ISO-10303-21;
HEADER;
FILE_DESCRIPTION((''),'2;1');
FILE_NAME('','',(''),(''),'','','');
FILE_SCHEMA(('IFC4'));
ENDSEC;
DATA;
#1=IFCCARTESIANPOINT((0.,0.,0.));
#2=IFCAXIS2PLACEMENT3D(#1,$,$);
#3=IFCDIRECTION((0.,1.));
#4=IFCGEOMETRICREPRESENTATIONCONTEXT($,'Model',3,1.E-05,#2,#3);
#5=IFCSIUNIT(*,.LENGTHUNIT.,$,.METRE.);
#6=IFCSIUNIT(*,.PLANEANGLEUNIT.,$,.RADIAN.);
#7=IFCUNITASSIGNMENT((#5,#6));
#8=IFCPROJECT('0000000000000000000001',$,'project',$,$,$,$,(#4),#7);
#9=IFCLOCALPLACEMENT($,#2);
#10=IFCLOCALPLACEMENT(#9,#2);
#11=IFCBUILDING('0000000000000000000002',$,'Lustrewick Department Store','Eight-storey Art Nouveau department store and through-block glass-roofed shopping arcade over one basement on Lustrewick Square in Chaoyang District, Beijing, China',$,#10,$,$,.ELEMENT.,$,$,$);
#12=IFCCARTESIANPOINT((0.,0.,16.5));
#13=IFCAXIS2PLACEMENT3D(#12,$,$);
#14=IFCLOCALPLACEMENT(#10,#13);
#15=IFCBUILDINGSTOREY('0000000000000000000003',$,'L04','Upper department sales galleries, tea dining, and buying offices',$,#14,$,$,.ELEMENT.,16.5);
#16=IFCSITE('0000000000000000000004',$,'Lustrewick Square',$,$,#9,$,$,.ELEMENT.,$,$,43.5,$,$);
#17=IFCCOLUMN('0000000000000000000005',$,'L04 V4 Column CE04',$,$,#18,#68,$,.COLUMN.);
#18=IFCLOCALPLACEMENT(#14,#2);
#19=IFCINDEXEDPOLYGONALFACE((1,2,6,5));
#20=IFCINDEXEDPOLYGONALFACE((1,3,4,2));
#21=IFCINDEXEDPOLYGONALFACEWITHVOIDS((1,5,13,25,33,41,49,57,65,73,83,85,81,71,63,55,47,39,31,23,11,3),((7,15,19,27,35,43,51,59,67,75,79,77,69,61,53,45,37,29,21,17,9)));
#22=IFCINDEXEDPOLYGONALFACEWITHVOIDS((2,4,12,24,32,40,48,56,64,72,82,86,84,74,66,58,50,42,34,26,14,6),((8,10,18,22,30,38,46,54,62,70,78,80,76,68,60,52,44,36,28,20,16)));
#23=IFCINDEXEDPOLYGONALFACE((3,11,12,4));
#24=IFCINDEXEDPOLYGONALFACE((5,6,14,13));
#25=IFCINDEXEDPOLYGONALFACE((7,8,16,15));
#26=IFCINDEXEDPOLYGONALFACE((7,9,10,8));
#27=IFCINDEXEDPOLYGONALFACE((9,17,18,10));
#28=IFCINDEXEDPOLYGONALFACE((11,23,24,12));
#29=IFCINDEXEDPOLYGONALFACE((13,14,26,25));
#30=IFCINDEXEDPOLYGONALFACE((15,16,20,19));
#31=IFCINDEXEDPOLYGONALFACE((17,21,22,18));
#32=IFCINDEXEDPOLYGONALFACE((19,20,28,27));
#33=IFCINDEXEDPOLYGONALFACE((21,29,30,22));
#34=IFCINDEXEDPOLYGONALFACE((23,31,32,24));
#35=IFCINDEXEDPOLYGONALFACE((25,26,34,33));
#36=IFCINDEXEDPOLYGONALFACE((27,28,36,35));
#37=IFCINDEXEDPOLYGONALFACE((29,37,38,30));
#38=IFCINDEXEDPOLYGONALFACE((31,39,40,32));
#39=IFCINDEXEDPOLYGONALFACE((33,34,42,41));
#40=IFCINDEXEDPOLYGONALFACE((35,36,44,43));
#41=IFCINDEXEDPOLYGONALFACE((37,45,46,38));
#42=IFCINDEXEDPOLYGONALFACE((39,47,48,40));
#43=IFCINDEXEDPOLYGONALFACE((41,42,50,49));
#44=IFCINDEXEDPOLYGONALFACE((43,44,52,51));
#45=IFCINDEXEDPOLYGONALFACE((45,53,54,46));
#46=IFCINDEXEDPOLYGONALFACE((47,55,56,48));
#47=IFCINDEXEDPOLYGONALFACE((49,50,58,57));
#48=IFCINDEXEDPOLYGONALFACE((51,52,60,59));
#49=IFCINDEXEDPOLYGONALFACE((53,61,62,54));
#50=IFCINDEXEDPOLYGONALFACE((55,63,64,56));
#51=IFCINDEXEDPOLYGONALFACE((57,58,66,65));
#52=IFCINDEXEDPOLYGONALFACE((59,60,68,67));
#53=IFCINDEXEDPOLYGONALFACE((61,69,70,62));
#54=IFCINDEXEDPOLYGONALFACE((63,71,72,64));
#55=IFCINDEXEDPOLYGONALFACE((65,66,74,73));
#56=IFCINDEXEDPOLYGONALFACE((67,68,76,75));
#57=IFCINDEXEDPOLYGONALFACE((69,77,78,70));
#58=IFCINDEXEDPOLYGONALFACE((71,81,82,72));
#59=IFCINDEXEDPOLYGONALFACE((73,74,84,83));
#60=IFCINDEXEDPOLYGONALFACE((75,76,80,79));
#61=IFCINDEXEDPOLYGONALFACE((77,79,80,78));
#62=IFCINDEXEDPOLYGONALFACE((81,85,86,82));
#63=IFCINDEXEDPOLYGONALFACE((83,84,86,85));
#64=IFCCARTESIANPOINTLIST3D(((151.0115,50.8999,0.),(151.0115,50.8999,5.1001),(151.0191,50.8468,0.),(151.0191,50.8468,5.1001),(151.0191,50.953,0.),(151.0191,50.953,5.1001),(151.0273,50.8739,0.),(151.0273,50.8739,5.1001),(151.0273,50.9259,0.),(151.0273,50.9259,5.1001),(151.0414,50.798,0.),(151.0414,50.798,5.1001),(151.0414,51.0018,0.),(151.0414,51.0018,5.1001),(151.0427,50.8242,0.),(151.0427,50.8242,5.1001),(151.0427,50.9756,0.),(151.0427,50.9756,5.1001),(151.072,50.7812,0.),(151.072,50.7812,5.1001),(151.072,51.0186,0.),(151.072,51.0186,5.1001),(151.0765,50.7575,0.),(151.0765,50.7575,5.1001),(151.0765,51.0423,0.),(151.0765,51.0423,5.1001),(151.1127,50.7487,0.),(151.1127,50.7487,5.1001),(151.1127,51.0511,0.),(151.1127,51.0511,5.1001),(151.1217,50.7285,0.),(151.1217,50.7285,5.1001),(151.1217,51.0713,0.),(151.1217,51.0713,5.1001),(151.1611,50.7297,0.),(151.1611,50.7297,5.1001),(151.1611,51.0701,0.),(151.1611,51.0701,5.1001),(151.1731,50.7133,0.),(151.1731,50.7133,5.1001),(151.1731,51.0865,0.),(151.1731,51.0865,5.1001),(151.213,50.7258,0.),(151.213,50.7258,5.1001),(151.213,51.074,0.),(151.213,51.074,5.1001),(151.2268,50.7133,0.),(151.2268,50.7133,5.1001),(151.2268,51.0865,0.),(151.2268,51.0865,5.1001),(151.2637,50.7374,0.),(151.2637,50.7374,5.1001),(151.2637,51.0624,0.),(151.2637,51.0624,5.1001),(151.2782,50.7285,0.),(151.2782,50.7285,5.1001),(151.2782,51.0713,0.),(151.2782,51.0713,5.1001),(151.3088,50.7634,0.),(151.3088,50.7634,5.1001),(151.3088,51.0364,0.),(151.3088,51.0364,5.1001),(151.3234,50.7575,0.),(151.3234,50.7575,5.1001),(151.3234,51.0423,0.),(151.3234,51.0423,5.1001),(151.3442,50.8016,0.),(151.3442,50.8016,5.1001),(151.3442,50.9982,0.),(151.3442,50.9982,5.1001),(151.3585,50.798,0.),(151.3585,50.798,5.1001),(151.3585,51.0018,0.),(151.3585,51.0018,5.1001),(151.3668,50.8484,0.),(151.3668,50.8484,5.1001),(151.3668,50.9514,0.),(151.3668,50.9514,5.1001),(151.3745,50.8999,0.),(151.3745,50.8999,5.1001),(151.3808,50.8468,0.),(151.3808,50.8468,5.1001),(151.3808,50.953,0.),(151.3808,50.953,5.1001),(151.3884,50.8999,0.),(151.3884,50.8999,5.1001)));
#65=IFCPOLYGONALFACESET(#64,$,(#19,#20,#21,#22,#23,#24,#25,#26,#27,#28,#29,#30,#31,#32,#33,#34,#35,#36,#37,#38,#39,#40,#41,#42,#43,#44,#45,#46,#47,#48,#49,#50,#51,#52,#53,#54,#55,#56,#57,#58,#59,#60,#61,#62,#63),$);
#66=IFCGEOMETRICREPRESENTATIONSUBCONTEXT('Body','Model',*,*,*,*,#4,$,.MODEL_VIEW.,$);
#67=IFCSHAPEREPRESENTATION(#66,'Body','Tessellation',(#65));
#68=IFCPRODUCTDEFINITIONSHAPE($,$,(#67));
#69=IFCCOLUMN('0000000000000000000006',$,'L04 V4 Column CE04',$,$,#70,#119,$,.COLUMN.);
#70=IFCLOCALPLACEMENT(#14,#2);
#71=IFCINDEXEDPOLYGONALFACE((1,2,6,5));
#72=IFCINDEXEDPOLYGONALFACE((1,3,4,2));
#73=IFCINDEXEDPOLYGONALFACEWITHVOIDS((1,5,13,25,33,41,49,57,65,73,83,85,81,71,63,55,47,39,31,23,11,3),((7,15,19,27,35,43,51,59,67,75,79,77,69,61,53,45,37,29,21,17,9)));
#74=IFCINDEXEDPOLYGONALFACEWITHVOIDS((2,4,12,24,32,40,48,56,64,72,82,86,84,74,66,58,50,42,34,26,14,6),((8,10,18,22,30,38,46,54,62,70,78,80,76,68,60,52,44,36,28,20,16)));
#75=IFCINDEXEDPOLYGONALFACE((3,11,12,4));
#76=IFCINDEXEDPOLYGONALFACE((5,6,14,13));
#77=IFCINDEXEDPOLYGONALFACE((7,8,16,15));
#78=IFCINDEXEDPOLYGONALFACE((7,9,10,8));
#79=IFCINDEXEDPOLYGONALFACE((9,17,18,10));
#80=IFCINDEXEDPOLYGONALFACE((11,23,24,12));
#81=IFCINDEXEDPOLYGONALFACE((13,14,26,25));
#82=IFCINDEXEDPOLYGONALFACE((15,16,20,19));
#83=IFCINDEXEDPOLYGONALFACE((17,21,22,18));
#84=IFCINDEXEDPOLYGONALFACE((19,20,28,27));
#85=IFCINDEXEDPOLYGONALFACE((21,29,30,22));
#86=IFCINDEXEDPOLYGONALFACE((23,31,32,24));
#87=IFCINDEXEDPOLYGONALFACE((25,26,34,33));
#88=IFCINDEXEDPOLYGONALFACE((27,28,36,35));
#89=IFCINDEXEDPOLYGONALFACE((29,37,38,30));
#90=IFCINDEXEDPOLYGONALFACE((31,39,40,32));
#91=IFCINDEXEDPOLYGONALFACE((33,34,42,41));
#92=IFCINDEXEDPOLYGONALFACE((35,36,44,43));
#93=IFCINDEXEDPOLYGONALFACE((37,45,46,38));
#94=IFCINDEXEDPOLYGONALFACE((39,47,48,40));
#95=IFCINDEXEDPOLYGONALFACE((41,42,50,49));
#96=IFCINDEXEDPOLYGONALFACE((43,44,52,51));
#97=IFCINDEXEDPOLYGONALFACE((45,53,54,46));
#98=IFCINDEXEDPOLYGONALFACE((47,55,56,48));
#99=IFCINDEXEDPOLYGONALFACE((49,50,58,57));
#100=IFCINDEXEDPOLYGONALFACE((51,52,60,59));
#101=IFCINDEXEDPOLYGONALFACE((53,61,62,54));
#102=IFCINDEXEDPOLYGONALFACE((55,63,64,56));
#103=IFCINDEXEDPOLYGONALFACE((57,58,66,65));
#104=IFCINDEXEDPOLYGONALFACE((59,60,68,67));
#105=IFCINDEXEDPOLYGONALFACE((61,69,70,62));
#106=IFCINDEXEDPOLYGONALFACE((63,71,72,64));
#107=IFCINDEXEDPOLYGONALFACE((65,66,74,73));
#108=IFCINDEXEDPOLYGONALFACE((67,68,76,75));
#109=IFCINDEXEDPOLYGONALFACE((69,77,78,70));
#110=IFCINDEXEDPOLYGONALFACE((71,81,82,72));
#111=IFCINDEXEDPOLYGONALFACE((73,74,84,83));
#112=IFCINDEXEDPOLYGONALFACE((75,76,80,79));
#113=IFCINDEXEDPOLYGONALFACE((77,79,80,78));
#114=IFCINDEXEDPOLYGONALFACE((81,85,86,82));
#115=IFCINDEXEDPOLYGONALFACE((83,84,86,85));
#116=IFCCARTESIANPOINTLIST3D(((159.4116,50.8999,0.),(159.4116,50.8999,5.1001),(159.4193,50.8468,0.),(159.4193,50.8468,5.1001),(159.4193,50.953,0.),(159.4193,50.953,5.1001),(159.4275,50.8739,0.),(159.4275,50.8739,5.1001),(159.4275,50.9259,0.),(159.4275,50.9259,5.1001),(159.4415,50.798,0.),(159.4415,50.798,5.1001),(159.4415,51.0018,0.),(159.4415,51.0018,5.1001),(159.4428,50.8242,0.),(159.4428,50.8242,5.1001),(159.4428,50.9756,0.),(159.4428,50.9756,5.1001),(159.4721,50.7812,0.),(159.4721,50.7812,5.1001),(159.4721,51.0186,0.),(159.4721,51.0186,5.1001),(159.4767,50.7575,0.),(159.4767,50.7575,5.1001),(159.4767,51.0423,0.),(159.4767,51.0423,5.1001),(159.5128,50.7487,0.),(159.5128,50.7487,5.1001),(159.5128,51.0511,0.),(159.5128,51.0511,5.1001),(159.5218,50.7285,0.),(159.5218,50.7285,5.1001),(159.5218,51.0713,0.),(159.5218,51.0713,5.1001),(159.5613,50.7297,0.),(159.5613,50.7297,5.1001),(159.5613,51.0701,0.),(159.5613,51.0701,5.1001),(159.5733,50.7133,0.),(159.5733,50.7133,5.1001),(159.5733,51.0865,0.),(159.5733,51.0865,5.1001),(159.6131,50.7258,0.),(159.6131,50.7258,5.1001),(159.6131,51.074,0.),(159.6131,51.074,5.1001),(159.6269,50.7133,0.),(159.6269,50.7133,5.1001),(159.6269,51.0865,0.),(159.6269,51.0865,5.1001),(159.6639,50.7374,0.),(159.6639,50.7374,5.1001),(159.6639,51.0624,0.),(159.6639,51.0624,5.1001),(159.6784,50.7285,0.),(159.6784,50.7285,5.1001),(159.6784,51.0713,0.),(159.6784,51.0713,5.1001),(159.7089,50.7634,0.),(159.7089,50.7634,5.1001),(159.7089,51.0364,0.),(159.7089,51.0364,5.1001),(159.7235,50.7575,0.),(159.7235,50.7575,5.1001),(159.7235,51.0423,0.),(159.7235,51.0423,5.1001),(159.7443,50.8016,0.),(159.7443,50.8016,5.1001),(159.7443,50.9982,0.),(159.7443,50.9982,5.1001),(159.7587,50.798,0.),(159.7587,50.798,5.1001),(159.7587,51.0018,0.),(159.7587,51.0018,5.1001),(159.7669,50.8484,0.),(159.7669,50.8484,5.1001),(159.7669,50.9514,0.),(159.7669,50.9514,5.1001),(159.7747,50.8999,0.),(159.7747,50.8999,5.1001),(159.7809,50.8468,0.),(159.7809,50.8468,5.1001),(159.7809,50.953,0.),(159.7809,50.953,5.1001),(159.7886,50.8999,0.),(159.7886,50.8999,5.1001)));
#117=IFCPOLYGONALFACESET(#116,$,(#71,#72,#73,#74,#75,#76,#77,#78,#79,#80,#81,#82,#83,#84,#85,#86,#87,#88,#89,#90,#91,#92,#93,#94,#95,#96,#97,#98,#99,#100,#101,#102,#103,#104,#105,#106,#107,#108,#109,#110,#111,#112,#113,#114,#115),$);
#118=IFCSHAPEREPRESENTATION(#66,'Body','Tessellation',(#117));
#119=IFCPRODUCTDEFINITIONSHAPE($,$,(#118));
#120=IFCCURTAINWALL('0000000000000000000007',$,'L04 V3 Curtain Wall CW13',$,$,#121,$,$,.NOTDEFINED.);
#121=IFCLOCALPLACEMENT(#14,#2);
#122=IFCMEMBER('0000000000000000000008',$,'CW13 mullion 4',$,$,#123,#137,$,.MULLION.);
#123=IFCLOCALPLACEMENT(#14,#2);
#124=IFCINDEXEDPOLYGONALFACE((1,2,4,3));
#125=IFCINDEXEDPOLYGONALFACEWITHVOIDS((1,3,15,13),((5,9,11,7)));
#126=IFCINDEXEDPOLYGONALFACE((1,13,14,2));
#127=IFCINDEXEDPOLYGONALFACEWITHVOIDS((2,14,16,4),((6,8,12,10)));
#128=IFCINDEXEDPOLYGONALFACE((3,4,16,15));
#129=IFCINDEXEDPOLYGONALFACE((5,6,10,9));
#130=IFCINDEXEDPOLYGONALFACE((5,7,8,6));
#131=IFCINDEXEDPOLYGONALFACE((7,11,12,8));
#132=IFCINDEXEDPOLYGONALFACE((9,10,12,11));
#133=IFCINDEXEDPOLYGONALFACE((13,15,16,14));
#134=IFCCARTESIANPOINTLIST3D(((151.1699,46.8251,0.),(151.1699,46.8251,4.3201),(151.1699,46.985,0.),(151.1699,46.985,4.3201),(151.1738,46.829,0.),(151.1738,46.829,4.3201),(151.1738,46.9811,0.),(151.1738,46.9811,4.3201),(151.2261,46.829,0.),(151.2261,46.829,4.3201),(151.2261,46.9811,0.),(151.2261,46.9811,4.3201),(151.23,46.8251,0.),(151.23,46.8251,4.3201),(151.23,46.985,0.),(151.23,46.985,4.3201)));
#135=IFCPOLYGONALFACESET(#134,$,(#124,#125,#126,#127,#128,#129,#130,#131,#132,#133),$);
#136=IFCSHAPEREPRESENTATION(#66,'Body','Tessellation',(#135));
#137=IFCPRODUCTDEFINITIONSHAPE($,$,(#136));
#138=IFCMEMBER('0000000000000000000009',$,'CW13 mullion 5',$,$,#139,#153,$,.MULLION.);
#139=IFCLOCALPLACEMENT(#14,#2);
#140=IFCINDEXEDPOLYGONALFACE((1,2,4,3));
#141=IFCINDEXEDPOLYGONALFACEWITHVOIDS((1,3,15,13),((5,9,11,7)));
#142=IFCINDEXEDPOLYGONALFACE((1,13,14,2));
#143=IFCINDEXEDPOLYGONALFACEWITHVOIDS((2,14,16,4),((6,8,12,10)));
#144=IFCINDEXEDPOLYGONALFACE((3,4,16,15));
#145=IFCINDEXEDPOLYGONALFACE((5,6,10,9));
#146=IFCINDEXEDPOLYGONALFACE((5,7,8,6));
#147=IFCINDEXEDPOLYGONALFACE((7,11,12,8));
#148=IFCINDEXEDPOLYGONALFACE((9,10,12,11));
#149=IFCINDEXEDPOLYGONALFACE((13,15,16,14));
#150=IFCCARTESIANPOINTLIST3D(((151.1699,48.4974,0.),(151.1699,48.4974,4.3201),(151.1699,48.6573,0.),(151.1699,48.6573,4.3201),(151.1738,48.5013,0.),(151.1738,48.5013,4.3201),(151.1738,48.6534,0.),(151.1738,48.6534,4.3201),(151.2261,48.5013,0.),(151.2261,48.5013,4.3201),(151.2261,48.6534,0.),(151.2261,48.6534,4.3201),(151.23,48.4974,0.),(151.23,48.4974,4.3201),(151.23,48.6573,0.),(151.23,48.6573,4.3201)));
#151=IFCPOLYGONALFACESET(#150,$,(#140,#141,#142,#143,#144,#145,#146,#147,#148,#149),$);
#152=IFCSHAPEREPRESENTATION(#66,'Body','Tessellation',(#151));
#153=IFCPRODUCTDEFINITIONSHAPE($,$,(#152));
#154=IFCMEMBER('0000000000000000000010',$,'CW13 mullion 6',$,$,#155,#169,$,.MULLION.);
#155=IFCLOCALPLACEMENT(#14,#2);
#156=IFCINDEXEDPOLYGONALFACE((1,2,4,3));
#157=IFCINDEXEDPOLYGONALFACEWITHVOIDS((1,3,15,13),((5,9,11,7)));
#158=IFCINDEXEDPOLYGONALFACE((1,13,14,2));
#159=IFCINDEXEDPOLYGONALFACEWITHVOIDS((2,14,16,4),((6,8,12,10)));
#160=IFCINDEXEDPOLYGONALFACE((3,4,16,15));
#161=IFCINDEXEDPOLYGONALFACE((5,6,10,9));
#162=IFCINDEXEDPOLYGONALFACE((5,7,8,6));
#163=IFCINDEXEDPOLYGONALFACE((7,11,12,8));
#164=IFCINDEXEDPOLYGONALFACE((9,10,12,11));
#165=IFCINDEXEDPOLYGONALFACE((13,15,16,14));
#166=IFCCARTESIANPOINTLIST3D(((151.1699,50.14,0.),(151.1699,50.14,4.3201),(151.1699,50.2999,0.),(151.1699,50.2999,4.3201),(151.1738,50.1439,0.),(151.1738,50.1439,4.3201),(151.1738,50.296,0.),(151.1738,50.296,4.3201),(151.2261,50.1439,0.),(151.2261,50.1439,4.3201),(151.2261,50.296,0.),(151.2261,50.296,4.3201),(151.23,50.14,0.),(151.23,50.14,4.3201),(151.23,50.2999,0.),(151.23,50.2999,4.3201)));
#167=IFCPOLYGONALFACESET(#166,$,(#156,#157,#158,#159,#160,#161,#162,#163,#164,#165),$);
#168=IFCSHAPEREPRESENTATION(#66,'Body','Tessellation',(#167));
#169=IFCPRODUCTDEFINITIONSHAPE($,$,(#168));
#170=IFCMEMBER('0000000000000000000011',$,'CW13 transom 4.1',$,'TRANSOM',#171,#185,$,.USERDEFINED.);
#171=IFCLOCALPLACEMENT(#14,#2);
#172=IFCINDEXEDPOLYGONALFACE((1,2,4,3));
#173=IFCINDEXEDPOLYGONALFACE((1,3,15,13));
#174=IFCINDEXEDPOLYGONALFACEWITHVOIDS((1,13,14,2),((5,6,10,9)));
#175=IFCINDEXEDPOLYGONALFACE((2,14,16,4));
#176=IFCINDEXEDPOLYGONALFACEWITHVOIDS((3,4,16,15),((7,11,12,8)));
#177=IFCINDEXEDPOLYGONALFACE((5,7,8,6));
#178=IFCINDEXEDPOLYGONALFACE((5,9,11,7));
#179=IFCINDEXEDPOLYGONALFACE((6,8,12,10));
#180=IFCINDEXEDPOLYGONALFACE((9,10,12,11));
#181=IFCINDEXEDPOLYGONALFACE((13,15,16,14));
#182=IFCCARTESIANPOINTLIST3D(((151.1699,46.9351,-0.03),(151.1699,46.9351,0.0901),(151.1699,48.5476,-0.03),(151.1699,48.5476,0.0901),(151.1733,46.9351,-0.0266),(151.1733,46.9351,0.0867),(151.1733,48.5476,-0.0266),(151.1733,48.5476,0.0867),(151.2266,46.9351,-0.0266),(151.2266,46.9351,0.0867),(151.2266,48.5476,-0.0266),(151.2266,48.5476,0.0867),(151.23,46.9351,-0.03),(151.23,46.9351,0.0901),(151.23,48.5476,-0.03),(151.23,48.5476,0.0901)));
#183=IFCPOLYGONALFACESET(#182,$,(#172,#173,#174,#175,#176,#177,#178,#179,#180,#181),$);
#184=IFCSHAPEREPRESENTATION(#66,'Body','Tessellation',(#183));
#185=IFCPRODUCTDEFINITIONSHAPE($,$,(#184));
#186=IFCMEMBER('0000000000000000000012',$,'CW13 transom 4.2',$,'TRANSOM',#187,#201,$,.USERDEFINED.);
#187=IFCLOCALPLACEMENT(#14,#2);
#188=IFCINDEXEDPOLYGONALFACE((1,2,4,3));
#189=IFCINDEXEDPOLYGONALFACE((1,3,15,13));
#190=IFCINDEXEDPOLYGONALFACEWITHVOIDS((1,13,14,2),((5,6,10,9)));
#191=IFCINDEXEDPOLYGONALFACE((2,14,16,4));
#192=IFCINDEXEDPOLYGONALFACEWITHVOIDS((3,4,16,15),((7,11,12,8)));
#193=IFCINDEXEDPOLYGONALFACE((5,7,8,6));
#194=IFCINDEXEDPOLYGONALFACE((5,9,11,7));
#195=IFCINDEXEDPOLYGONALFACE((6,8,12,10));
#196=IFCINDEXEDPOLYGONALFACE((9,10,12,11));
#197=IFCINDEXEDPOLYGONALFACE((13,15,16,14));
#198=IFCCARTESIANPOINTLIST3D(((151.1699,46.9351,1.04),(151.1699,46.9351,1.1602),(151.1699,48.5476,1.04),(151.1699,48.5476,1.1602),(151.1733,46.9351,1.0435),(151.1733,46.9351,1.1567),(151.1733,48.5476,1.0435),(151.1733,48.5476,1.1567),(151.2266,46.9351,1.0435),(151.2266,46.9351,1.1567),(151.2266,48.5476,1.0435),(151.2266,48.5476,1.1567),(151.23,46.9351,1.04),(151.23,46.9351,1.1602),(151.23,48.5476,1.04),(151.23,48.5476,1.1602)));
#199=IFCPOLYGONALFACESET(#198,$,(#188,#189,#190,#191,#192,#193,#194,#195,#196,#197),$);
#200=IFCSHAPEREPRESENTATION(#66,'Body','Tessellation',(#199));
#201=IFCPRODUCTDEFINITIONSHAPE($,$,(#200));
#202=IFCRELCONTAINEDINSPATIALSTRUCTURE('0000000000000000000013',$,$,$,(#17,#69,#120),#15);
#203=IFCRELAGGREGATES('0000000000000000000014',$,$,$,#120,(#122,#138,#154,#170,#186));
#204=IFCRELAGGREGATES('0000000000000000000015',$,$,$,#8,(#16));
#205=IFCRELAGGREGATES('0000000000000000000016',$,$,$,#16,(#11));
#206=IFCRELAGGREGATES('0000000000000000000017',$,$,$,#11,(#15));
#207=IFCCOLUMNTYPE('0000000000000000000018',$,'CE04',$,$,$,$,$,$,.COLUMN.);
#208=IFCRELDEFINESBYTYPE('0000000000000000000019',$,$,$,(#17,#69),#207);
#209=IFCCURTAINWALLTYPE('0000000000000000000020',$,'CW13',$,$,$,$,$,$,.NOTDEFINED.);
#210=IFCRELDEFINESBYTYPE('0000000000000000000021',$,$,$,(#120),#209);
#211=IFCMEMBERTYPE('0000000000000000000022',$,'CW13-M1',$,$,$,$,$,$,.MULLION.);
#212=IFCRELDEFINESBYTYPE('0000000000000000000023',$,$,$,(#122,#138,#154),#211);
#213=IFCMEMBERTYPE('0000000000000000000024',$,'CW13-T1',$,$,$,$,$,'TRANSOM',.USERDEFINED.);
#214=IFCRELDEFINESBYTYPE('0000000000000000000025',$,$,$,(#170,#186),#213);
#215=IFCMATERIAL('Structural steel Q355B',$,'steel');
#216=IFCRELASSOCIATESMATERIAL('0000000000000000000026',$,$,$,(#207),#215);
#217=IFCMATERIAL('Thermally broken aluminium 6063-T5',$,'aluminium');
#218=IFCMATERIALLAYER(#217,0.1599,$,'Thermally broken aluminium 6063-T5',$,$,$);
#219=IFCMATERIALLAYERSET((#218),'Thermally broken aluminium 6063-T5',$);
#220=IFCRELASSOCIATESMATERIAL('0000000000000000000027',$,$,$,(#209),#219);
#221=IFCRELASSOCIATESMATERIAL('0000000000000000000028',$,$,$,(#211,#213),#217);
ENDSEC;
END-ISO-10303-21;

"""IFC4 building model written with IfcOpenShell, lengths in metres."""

from ifc_helpers import new_model, si_unit, direction, frame, origin, origin_2d, place, context, subcontext, project, spatial, hollow_rectangle, hollow_circle, extrude, material, layer, layer_set, material_profile, profile_set, type_object, element, aggregate, save


model = new_model("IFC4")

# Units and contexts
model_context = context("Model", 3, precision=1e-05, world=origin(), true_north=direction((0.0, 1.0)))
body_context = subcontext(model_context, "Body", "Model", "MODEL_VIEW")
ifc_project = project(units=[si_unit("LENGTHUNIT", "METRE"), si_unit("PLANEANGLEUNIT", "RADIAN")], contexts=[model_context])

# Site, building, storey
site_placement = place(None, origin())
site = spatial("IfcSite", under=ifc_project, at=site_placement, Name="Lustrewick Square", CompositionType="ELEMENT", RefElevation=43.5)
building_placement = place(site_placement, origin())
building = spatial("IfcBuilding", under=site, at=building_placement, Name="Lustrewick Department Store", Description="Eight-storey Art Nouveau department store and through-block glass-roofed shopping arcade over one basement on Lustrewick Square in Chaoyang District, Beijing, China", CompositionType="ELEMENT")
storey_placement = place(building_placement, frame((0.0, 0.0, 16.5)))
storey = spatial("IfcBuildingStorey", under=building, at=storey_placement, Name="L04", Description="Upper department sales galleries, tea dining, and buying offices", CompositionType="ELEMENT", Elevation=16.5)

# Columns
ifc_material_1 = material(Name="Structural steel Q355B", Category="steel")
ifc_material_profile_1 = material_profile(ifc_material_1, hollow_circle(Radius=0.1885, WallThickness=0.0139, at=origin_2d()), Name="CHS 377x14")
ifc_profile_set_1 = profile_set([ifc_material_profile_1], Name="Structural steel Q355B")
column_type = type_object("IfcColumnType", Name="CE04", PredefinedType="COLUMN", material=ifc_profile_set_1)
for number, where, z_axis, x_axis, name in (
    (1, (151.2, 50.8999, 0.0), (0.0, 0.0, 1.0), (1.0, 0.0, 0.0), "L04 V4 Column CE04"),
    (2, (159.6001, 50.8999, 0.0), (0.0, 0.0, 1.0), (1.0, 0.0, 0.0), "L04 V4 Column CE04"),
):
    element("IfcColumn", number, at=place(storey_placement, frame(where, z_axis=z_axis, x_axis=x_axis)), inside=storey, type_object=column_type, Name=name, PredefinedType="COLUMN", context=body_context, shape_type="SweptSolid", body=[
        extrude(hollow_circle(Radius=0.1885, WallThickness=0.0139, at=origin_2d()), origin(), (0.0, 0.0, 1.0), 5.1001),
    ])

# Curtain wall, members
ifc_material_2 = material(Name="Thermally broken aluminium 6063-T5", Category="aluminium")
ifc_layer_1 = layer(ifc_material_2, 0.1599, Name="Thermally broken aluminium 6063-T5")
ifc_layer_set_1 = layer_set([ifc_layer_1], Name="Thermally broken aluminium 6063-T5")
curtain_wall_type = type_object("IfcCurtainWallType", Name="CW13", PredefinedType="NOTDEFINED", material=ifc_layer_set_1)
curtain_wall_placement = place(storey_placement, origin())
curtain_wall = element("IfcCurtainWall", 3, at=curtain_wall_placement, inside=storey, type_object=curtain_wall_type, Name="L04 V3 Curtain Wall CW13", PredefinedType="NOTDEFINED")
ifc_material_profile_2 = material_profile(ifc_material_2, hollow_rectangle(XDim=0.0601, YDim=0.1599, WallThickness=0.0039, at=origin_2d()), Name="ALU-M 60x160x4")
ifc_profile_set_2 = profile_set([ifc_material_profile_2], Name="Thermally broken aluminium 6063-T5")
member_type_1 = type_object("IfcMemberType", Name="CW13-M1", PredefinedType="MULLION", material=ifc_profile_set_2)
member_1_placement = place(storey_placement, frame((151.2, 46.905, 0.0), z_axis=(0.0, 0.0, 1.0), x_axis=(-1.0, 0.0, 0.0)))
member_1 = element("IfcMember", 4, at=member_1_placement, type_object=member_type_1, Name="CW13 mullion 4", PredefinedType="MULLION", context=body_context, shape_type="SweptSolid", body=[
    extrude(hollow_rectangle(XDim=0.0601, YDim=0.1599, WallThickness=0.0039, at=origin_2d()), origin(), (0.0, 0.0, 1.0), 4.3201),
])
member_2_placement = place(storey_placement, frame((151.2, 48.5774, 0.0), z_axis=(0.0, 0.0, 1.0), x_axis=(-1.0, 0.0, 0.0)))
member_2 = element("IfcMember", 5, at=member_2_placement, type_object=member_type_1, Name="CW13 mullion 5", PredefinedType="MULLION", context=body_context, shape_type="SweptSolid", body=[
    extrude(hollow_rectangle(XDim=0.0601, YDim=0.1599, WallThickness=0.0039, at=origin_2d()), origin(), (0.0, 0.0, 1.0), 4.3201),
])
member_3_placement = place(storey_placement, frame((151.2, 50.22, 0.0), z_axis=(0.0, 0.0, 1.0), x_axis=(-1.0, 0.0, 0.0)))
member_3 = element("IfcMember", 6, at=member_3_placement, type_object=member_type_1, Name="CW13 mullion 6", PredefinedType="MULLION", context=body_context, shape_type="SweptSolid", body=[
    extrude(hollow_rectangle(XDim=0.0601, YDim=0.1599, WallThickness=0.0039, at=origin_2d()), origin(), (0.0, 0.0, 1.0), 4.3201),
])
ifc_material_profile_3 = material_profile(ifc_material_2, hollow_rectangle(XDim=0.0601, YDim=0.1201, WallThickness=0.0034, at=origin_2d()), Name="ALU-T 60x120x3.5")
ifc_profile_set_3 = profile_set([ifc_material_profile_3], Name="Thermally broken aluminium 6063-T5")
member_type_2 = type_object("IfcMemberType", Name="CW13-T1", ElementType="TRANSOM", PredefinedType="USERDEFINED", material=ifc_profile_set_3)
member_4_placement = place(storey_placement, frame((151.2, 46.9351, 0.03), z_axis=(0.0, 1.0, 0.0), x_axis=(-1.0, 0.0, 0.0)))
member_4 = element("IfcMember", 7, at=member_4_placement, type_object=member_type_2, Name="CW13 transom 4.1", ObjectType="TRANSOM", PredefinedType="USERDEFINED", context=body_context, shape_type="SweptSolid", body=[
    extrude(hollow_rectangle(XDim=0.0601, YDim=0.1201, WallThickness=0.0034, at=origin_2d()), origin(), (0.0, 0.0, 1.0), 1.6125),
])
member_5_placement = place(storey_placement, frame((151.2, 46.9351, 1.1001), z_axis=(0.0, 1.0, 0.0), x_axis=(-1.0, 0.0, 0.0)))
member_5 = element("IfcMember", 8, at=member_5_placement, type_object=member_type_2, Name="CW13 transom 4.2", ObjectType="TRANSOM", PredefinedType="USERDEFINED", context=body_context, shape_type="SweptSolid", body=[
    extrude(hollow_rectangle(XDim=0.0601, YDim=0.1201, WallThickness=0.0034, at=origin_2d()), origin(), (0.0, 0.0, 1.0), 1.6125),
])

aggregate(curtain_wall, [member_1, member_2, member_3, member_4, member_5])

save(model, "model.ifc")
